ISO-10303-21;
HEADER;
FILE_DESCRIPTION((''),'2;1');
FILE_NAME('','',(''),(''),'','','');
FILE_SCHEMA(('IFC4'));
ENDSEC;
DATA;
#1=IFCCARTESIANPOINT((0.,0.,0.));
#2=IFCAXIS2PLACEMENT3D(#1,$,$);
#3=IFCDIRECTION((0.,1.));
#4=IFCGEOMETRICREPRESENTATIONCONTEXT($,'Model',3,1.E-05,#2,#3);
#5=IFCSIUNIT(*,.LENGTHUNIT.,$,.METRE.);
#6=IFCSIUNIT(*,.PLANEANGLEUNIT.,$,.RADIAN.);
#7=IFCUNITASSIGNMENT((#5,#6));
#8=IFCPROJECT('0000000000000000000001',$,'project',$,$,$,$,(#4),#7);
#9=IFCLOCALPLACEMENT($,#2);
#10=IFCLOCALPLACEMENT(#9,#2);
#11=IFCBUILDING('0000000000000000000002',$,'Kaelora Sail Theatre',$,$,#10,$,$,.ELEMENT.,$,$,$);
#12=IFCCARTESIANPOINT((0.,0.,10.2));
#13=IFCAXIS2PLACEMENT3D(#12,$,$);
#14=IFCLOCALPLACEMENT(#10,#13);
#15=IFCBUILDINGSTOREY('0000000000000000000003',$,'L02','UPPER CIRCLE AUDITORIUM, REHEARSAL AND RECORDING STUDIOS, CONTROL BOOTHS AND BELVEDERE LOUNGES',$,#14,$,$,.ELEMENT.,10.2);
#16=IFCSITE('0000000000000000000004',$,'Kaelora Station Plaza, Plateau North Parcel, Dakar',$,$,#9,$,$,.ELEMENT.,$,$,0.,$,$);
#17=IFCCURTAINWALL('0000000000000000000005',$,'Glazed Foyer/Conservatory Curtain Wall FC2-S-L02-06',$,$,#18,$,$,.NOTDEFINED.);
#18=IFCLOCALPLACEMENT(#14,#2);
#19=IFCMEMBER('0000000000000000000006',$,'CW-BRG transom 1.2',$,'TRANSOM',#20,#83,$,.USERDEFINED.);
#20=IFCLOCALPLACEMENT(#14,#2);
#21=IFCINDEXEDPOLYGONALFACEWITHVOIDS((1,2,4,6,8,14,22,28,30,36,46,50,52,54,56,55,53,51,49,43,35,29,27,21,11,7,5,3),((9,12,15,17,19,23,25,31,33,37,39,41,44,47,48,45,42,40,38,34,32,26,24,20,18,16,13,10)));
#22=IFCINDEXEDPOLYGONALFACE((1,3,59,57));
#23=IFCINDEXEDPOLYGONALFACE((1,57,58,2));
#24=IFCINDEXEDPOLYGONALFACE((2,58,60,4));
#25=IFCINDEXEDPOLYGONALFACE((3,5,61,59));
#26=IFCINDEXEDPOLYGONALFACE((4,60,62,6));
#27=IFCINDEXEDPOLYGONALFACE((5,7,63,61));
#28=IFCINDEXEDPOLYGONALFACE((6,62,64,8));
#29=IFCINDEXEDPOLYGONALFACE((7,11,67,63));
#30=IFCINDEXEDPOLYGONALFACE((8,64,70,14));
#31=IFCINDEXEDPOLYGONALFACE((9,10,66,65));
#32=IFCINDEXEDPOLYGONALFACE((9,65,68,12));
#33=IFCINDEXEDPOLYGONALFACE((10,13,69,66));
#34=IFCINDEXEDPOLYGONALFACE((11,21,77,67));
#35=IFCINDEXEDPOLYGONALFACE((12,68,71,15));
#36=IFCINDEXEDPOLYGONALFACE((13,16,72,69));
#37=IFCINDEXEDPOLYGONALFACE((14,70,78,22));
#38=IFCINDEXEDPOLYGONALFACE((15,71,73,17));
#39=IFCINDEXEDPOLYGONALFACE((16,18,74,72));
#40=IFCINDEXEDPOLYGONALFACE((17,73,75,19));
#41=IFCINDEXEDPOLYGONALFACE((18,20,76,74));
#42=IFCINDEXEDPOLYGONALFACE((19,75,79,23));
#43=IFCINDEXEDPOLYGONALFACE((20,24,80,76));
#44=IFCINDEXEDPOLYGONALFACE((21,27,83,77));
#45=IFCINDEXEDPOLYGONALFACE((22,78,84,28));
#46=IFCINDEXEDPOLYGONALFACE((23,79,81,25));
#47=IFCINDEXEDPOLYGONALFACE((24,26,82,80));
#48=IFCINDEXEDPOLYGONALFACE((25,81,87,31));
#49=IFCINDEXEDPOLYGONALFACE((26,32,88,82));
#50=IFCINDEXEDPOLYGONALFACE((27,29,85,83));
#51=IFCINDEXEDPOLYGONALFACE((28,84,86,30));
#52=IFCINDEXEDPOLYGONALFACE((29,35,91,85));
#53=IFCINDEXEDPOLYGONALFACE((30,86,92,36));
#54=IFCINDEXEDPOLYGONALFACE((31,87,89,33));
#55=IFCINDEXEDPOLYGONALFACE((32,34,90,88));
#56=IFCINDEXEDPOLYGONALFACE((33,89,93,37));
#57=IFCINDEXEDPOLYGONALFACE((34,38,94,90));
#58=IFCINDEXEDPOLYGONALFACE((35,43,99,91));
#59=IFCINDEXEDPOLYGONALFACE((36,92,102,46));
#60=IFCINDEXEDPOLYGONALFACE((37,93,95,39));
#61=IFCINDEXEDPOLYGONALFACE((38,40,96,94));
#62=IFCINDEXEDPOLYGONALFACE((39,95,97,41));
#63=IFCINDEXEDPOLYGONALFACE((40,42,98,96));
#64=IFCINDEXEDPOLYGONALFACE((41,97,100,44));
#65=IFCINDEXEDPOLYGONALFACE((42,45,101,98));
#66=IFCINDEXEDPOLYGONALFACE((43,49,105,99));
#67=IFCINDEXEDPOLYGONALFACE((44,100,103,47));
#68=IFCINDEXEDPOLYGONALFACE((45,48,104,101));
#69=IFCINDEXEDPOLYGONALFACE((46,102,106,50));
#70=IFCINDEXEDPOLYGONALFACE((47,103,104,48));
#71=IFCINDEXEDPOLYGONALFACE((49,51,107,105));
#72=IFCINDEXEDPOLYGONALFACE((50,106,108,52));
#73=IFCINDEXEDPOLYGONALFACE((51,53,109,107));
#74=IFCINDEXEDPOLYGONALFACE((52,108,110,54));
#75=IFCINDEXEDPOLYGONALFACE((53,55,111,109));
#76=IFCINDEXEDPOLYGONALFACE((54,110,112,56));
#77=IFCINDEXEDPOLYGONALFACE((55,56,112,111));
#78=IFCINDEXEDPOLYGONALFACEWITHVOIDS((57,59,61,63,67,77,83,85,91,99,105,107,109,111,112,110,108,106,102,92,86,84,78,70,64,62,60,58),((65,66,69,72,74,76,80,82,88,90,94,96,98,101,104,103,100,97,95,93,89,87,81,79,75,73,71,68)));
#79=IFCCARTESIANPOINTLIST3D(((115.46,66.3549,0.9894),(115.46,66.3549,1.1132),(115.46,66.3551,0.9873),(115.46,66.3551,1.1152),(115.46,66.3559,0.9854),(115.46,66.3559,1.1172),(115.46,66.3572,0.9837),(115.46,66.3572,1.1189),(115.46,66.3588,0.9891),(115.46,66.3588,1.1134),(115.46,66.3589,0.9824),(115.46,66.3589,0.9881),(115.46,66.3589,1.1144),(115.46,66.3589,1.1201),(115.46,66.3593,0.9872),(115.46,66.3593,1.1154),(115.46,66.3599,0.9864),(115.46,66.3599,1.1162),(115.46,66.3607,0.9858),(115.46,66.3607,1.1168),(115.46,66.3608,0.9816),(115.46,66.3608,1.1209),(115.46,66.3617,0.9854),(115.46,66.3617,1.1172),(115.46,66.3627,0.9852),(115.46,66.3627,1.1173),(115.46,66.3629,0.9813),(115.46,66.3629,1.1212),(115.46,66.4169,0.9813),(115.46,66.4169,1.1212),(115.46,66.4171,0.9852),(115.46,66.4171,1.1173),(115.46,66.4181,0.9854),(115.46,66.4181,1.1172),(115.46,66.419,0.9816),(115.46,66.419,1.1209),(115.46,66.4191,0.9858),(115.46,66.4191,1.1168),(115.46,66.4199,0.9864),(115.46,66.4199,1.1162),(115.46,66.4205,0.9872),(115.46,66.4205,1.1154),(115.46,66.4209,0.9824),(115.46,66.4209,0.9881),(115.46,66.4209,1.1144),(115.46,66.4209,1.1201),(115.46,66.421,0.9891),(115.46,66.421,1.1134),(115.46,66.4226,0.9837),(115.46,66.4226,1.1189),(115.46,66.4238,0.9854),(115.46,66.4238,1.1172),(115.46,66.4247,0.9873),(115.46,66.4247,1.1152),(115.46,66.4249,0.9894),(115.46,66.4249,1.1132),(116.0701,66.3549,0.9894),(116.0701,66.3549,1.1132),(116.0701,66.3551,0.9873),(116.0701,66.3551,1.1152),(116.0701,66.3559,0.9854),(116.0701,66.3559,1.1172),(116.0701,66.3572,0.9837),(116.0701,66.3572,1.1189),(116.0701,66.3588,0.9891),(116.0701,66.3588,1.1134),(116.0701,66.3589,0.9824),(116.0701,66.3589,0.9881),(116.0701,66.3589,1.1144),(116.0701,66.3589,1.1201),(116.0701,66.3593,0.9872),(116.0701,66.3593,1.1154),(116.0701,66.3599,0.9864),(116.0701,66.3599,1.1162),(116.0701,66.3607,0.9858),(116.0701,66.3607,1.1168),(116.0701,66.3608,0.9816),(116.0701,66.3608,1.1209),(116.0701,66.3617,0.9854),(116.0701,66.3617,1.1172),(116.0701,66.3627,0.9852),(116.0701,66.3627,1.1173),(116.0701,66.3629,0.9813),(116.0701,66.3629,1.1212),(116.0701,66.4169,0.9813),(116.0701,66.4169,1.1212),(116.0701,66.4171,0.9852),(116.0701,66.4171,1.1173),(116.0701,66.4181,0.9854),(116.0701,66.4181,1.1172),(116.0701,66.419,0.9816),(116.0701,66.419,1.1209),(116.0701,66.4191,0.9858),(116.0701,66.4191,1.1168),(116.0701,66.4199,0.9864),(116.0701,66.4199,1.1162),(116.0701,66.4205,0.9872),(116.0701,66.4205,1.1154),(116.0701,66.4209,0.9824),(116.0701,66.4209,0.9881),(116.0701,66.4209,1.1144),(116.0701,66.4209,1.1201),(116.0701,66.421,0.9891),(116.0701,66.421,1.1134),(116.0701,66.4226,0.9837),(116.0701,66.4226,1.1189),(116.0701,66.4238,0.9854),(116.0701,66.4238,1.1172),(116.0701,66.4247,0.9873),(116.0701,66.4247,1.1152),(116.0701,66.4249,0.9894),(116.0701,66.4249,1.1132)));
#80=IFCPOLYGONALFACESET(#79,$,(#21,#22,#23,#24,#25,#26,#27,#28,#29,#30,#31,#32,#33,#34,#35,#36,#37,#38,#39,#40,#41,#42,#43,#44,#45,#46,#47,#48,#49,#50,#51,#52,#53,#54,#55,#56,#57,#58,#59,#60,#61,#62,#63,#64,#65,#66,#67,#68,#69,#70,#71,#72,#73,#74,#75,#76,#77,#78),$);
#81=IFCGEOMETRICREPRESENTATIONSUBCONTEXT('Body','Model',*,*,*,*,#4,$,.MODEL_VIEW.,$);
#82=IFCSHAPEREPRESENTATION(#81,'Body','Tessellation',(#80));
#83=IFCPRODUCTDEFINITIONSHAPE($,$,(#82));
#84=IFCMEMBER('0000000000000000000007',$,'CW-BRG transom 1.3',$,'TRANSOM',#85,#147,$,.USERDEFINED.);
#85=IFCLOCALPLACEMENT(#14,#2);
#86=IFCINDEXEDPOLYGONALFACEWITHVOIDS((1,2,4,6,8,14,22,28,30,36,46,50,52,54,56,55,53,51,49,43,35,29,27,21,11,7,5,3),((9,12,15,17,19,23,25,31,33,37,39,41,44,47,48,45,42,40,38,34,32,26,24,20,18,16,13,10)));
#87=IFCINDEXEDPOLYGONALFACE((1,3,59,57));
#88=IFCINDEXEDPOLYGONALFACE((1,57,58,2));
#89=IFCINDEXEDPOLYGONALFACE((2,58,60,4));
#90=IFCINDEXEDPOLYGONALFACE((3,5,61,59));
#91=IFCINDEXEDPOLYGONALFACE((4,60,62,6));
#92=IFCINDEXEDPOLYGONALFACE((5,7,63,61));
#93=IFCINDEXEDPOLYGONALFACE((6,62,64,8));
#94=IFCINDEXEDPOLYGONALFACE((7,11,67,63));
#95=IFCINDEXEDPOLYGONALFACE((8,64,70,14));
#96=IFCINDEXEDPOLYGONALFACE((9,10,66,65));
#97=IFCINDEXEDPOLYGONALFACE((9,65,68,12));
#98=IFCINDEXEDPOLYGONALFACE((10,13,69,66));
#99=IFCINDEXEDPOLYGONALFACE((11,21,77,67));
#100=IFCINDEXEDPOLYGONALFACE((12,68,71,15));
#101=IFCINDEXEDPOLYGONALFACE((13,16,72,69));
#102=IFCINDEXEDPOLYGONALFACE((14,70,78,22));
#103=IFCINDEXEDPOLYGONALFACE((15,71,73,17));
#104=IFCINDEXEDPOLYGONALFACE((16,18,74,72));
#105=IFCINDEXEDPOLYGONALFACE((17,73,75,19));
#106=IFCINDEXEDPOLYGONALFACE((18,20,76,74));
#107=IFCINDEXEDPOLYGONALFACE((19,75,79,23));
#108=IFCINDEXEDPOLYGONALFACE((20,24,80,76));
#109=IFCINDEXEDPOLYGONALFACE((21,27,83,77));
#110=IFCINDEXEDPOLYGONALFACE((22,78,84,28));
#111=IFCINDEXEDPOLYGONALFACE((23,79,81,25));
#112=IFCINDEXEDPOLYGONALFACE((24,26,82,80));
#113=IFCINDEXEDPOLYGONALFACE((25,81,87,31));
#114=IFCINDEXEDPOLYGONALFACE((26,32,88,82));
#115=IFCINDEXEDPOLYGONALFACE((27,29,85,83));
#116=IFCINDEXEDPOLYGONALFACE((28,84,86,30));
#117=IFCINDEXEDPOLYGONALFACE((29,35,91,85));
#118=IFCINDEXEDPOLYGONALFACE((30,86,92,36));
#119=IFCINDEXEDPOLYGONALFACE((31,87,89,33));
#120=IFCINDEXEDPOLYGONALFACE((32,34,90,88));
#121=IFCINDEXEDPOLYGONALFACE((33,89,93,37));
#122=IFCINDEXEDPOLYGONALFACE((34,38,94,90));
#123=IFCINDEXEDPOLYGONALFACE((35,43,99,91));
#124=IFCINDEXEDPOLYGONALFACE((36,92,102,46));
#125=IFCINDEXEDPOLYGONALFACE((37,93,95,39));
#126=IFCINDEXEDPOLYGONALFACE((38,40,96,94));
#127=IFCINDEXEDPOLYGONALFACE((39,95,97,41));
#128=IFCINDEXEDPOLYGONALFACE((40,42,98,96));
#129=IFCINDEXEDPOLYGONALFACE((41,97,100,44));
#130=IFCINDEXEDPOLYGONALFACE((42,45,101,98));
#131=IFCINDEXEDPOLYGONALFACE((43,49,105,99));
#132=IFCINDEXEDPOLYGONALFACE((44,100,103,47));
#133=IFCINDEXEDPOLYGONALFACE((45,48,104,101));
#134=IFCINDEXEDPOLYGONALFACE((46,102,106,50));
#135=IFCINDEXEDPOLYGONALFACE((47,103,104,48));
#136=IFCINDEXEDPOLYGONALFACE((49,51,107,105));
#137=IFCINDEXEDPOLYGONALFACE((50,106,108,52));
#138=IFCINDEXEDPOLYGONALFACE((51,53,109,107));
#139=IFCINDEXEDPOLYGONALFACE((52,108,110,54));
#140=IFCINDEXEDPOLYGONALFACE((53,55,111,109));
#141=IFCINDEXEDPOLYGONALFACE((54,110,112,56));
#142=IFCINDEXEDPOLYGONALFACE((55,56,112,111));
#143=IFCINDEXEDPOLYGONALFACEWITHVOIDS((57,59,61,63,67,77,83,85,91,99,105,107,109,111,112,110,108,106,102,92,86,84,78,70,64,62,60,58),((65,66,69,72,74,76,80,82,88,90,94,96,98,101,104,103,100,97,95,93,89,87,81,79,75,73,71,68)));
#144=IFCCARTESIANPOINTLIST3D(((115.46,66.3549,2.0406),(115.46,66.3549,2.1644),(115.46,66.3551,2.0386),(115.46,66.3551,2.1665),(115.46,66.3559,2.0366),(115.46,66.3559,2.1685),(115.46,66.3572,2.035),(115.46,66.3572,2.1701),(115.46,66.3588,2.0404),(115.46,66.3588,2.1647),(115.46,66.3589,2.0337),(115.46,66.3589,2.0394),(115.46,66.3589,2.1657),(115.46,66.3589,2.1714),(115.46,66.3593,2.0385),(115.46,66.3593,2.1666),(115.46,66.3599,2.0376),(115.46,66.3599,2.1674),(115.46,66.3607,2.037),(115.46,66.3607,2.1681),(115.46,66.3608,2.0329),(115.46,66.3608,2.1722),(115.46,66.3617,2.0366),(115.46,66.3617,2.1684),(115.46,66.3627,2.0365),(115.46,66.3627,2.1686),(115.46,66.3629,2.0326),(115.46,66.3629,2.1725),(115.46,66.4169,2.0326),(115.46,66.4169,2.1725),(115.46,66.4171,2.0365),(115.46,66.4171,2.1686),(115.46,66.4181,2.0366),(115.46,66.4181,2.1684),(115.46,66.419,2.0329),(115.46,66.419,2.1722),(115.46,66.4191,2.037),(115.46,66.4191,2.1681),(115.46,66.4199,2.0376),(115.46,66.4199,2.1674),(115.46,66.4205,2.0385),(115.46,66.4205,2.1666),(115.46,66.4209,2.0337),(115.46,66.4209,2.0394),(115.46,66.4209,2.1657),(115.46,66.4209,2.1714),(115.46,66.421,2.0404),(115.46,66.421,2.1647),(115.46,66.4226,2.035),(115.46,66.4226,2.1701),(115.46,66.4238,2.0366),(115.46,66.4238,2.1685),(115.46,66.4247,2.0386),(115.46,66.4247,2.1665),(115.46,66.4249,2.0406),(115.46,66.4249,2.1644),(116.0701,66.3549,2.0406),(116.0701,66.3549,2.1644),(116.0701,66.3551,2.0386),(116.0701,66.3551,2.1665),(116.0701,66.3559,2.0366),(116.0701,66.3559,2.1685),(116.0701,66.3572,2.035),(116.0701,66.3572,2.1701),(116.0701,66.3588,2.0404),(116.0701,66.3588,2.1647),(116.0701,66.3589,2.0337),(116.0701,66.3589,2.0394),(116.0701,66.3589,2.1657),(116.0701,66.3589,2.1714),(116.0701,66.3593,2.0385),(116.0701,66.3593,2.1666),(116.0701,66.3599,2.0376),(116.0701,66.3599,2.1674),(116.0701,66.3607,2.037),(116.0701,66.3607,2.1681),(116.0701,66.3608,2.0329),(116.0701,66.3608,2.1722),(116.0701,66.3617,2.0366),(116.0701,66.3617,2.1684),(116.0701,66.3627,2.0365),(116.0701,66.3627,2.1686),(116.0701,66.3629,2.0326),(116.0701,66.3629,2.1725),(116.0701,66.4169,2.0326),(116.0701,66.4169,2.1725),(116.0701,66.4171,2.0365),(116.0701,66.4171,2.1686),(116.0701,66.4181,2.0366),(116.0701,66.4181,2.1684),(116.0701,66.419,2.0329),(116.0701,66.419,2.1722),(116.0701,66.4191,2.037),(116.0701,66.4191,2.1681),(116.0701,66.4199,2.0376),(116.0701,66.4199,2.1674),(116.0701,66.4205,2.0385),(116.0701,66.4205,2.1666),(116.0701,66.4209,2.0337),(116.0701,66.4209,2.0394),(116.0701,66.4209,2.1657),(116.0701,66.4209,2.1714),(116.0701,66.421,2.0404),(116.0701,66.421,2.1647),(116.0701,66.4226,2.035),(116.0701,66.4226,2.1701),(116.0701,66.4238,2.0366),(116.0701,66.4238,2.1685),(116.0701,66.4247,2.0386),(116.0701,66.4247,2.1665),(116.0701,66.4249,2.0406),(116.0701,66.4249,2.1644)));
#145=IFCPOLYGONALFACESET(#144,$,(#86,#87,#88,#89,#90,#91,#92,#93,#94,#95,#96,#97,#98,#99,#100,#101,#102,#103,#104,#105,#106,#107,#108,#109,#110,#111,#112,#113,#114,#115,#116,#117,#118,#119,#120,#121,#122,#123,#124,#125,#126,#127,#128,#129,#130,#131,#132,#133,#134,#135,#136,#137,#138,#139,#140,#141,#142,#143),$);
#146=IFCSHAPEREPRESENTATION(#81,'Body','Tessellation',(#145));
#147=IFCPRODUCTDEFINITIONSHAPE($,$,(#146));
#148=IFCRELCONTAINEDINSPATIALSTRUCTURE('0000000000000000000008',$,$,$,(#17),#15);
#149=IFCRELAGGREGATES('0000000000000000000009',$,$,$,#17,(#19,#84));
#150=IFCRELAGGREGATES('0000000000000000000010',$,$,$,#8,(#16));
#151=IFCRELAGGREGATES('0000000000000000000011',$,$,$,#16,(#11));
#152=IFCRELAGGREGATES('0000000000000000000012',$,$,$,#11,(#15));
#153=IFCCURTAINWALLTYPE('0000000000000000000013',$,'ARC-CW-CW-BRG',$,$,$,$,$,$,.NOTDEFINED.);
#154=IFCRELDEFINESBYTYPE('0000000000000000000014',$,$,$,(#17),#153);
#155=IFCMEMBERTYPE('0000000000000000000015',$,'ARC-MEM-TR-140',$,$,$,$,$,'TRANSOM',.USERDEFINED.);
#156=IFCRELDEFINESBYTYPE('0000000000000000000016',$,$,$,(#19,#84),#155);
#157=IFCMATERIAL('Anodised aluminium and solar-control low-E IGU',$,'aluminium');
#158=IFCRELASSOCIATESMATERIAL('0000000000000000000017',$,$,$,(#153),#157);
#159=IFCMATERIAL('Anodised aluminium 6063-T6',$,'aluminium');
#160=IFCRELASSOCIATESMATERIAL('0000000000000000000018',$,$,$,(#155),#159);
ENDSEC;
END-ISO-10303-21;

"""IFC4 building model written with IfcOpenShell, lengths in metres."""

from ifc_helpers import new_model, si_unit, direction, frame, origin, origin_2d, place, context, subcontext, project, spatial, hollow_rectangle, extrude, material, material_profile, profile_set, type_object, element, aggregate, save


model = new_model("IFC4")

# Units and contexts
model_context = context("Model", 3, precision=1e-05, world=origin(), true_north=direction((0.0, 1.0)))
body_context = subcontext(model_context, "Body", "Model", "MODEL_VIEW")
ifc_project = project(units=[si_unit("LENGTHUNIT", "METRE"), si_unit("PLANEANGLEUNIT", "RADIAN")], contexts=[model_context])

# Site, building, storey
site_placement = place(None, origin())
site = spatial("IfcSite", under=ifc_project, at=site_placement, Name="Kaelora Station Plaza, Plateau North Parcel, Dakar", CompositionType="ELEMENT", RefElevation=0.0)
building_placement = place(site_placement, origin())
building = spatial("IfcBuilding", under=site, at=building_placement, Name="Kaelora Sail Theatre", CompositionType="ELEMENT")
storey_placement = place(building_placement, frame((0.0, 0.0, 10.2)))
storey = spatial("IfcBuildingStorey", under=building, at=storey_placement, Name="L02", Description="UPPER CIRCLE AUDITORIUM, REHEARSAL AND RECORDING STUDIOS, CONTROL BOOTHS AND BELVEDERE LOUNGES", CompositionType="ELEMENT", Elevation=10.2)

# Curtain wall
ifc_material_1 = material(Name="Anodised aluminium and solar-control low-E IGU", Category="aluminium")
curtain_wall_type = type_object("IfcCurtainWallType", Name="ARC-CW-CW-BRG", PredefinedType="NOTDEFINED", material=ifc_material_1)
curtain_wall_1_placement = place(storey_placement, origin())
curtain_wall_1 = element("IfcCurtainWall", 1, at=curtain_wall_1_placement, inside=storey, type_object=curtain_wall_type, Name="Glazed Foyer/Conservatory Curtain Wall FC2-S-L02-06", PredefinedType="NOTDEFINED")

# Members
ifc_material_2 = material(Name="Anodised aluminium 6063-T6", Category="aluminium")
ifc_material_profile_1 = material_profile(ifc_material_2, hollow_rectangle(XDim=0.0701, YDim=0.1399, WallThickness=0.0039, InnerFilletRadius=0.0039, OuterFilletRadius=0.0081, at=origin_2d()), Name="ALU-TRAN 70x140x4")
ifc_profile_set_1 = profile_set([ifc_material_profile_1], Name="Anodised aluminium 6063-T6")
member_type_1 = type_object("IfcMemberType", Name="ARC-MEM-TR-140", ElementType="TRANSOM", PredefinedType="USERDEFINED", material=ifc_profile_set_1)
member_1_placement = place(storey_placement, frame((115.46, 66.3899, 1.0513), z_axis=(1.0, 0.0, 0.0), x_axis=(0.0, 1.0, 0.0)))
member_1 = element("IfcMember", 2, at=member_1_placement, type_object=member_type_1, Name="CW-BRG transom 1.2", ObjectType="TRANSOM", PredefinedType="USERDEFINED", context=body_context, shape_type="SweptSolid", body=[
    extrude(hollow_rectangle(XDim=0.0701, YDim=0.1399, WallThickness=0.0039, InnerFilletRadius=0.0039, OuterFilletRadius=0.0081, at=origin_2d()), origin(), (0.0, 0.0, 1.0), 0.6101),
])
member_2_placement = place(storey_placement, frame((115.46, 66.3899, 2.1025), z_axis=(1.0, 0.0, 0.0), x_axis=(0.0, 1.0, 0.0)))
member_2 = element("IfcMember", 3, at=member_2_placement, type_object=member_type_1, Name="CW-BRG transom 1.3", ObjectType="TRANSOM", PredefinedType="USERDEFINED", context=body_context, shape_type="SweptSolid", body=[
    extrude(hollow_rectangle(XDim=0.0701, YDim=0.1399, WallThickness=0.0039, InnerFilletRadius=0.0039, OuterFilletRadius=0.0081, at=origin_2d()), origin(), (0.0, 0.0, 1.0), 0.6101),
])

aggregate(curtain_wall_1, [member_1, member_2])

save(model, "model.ifc")
